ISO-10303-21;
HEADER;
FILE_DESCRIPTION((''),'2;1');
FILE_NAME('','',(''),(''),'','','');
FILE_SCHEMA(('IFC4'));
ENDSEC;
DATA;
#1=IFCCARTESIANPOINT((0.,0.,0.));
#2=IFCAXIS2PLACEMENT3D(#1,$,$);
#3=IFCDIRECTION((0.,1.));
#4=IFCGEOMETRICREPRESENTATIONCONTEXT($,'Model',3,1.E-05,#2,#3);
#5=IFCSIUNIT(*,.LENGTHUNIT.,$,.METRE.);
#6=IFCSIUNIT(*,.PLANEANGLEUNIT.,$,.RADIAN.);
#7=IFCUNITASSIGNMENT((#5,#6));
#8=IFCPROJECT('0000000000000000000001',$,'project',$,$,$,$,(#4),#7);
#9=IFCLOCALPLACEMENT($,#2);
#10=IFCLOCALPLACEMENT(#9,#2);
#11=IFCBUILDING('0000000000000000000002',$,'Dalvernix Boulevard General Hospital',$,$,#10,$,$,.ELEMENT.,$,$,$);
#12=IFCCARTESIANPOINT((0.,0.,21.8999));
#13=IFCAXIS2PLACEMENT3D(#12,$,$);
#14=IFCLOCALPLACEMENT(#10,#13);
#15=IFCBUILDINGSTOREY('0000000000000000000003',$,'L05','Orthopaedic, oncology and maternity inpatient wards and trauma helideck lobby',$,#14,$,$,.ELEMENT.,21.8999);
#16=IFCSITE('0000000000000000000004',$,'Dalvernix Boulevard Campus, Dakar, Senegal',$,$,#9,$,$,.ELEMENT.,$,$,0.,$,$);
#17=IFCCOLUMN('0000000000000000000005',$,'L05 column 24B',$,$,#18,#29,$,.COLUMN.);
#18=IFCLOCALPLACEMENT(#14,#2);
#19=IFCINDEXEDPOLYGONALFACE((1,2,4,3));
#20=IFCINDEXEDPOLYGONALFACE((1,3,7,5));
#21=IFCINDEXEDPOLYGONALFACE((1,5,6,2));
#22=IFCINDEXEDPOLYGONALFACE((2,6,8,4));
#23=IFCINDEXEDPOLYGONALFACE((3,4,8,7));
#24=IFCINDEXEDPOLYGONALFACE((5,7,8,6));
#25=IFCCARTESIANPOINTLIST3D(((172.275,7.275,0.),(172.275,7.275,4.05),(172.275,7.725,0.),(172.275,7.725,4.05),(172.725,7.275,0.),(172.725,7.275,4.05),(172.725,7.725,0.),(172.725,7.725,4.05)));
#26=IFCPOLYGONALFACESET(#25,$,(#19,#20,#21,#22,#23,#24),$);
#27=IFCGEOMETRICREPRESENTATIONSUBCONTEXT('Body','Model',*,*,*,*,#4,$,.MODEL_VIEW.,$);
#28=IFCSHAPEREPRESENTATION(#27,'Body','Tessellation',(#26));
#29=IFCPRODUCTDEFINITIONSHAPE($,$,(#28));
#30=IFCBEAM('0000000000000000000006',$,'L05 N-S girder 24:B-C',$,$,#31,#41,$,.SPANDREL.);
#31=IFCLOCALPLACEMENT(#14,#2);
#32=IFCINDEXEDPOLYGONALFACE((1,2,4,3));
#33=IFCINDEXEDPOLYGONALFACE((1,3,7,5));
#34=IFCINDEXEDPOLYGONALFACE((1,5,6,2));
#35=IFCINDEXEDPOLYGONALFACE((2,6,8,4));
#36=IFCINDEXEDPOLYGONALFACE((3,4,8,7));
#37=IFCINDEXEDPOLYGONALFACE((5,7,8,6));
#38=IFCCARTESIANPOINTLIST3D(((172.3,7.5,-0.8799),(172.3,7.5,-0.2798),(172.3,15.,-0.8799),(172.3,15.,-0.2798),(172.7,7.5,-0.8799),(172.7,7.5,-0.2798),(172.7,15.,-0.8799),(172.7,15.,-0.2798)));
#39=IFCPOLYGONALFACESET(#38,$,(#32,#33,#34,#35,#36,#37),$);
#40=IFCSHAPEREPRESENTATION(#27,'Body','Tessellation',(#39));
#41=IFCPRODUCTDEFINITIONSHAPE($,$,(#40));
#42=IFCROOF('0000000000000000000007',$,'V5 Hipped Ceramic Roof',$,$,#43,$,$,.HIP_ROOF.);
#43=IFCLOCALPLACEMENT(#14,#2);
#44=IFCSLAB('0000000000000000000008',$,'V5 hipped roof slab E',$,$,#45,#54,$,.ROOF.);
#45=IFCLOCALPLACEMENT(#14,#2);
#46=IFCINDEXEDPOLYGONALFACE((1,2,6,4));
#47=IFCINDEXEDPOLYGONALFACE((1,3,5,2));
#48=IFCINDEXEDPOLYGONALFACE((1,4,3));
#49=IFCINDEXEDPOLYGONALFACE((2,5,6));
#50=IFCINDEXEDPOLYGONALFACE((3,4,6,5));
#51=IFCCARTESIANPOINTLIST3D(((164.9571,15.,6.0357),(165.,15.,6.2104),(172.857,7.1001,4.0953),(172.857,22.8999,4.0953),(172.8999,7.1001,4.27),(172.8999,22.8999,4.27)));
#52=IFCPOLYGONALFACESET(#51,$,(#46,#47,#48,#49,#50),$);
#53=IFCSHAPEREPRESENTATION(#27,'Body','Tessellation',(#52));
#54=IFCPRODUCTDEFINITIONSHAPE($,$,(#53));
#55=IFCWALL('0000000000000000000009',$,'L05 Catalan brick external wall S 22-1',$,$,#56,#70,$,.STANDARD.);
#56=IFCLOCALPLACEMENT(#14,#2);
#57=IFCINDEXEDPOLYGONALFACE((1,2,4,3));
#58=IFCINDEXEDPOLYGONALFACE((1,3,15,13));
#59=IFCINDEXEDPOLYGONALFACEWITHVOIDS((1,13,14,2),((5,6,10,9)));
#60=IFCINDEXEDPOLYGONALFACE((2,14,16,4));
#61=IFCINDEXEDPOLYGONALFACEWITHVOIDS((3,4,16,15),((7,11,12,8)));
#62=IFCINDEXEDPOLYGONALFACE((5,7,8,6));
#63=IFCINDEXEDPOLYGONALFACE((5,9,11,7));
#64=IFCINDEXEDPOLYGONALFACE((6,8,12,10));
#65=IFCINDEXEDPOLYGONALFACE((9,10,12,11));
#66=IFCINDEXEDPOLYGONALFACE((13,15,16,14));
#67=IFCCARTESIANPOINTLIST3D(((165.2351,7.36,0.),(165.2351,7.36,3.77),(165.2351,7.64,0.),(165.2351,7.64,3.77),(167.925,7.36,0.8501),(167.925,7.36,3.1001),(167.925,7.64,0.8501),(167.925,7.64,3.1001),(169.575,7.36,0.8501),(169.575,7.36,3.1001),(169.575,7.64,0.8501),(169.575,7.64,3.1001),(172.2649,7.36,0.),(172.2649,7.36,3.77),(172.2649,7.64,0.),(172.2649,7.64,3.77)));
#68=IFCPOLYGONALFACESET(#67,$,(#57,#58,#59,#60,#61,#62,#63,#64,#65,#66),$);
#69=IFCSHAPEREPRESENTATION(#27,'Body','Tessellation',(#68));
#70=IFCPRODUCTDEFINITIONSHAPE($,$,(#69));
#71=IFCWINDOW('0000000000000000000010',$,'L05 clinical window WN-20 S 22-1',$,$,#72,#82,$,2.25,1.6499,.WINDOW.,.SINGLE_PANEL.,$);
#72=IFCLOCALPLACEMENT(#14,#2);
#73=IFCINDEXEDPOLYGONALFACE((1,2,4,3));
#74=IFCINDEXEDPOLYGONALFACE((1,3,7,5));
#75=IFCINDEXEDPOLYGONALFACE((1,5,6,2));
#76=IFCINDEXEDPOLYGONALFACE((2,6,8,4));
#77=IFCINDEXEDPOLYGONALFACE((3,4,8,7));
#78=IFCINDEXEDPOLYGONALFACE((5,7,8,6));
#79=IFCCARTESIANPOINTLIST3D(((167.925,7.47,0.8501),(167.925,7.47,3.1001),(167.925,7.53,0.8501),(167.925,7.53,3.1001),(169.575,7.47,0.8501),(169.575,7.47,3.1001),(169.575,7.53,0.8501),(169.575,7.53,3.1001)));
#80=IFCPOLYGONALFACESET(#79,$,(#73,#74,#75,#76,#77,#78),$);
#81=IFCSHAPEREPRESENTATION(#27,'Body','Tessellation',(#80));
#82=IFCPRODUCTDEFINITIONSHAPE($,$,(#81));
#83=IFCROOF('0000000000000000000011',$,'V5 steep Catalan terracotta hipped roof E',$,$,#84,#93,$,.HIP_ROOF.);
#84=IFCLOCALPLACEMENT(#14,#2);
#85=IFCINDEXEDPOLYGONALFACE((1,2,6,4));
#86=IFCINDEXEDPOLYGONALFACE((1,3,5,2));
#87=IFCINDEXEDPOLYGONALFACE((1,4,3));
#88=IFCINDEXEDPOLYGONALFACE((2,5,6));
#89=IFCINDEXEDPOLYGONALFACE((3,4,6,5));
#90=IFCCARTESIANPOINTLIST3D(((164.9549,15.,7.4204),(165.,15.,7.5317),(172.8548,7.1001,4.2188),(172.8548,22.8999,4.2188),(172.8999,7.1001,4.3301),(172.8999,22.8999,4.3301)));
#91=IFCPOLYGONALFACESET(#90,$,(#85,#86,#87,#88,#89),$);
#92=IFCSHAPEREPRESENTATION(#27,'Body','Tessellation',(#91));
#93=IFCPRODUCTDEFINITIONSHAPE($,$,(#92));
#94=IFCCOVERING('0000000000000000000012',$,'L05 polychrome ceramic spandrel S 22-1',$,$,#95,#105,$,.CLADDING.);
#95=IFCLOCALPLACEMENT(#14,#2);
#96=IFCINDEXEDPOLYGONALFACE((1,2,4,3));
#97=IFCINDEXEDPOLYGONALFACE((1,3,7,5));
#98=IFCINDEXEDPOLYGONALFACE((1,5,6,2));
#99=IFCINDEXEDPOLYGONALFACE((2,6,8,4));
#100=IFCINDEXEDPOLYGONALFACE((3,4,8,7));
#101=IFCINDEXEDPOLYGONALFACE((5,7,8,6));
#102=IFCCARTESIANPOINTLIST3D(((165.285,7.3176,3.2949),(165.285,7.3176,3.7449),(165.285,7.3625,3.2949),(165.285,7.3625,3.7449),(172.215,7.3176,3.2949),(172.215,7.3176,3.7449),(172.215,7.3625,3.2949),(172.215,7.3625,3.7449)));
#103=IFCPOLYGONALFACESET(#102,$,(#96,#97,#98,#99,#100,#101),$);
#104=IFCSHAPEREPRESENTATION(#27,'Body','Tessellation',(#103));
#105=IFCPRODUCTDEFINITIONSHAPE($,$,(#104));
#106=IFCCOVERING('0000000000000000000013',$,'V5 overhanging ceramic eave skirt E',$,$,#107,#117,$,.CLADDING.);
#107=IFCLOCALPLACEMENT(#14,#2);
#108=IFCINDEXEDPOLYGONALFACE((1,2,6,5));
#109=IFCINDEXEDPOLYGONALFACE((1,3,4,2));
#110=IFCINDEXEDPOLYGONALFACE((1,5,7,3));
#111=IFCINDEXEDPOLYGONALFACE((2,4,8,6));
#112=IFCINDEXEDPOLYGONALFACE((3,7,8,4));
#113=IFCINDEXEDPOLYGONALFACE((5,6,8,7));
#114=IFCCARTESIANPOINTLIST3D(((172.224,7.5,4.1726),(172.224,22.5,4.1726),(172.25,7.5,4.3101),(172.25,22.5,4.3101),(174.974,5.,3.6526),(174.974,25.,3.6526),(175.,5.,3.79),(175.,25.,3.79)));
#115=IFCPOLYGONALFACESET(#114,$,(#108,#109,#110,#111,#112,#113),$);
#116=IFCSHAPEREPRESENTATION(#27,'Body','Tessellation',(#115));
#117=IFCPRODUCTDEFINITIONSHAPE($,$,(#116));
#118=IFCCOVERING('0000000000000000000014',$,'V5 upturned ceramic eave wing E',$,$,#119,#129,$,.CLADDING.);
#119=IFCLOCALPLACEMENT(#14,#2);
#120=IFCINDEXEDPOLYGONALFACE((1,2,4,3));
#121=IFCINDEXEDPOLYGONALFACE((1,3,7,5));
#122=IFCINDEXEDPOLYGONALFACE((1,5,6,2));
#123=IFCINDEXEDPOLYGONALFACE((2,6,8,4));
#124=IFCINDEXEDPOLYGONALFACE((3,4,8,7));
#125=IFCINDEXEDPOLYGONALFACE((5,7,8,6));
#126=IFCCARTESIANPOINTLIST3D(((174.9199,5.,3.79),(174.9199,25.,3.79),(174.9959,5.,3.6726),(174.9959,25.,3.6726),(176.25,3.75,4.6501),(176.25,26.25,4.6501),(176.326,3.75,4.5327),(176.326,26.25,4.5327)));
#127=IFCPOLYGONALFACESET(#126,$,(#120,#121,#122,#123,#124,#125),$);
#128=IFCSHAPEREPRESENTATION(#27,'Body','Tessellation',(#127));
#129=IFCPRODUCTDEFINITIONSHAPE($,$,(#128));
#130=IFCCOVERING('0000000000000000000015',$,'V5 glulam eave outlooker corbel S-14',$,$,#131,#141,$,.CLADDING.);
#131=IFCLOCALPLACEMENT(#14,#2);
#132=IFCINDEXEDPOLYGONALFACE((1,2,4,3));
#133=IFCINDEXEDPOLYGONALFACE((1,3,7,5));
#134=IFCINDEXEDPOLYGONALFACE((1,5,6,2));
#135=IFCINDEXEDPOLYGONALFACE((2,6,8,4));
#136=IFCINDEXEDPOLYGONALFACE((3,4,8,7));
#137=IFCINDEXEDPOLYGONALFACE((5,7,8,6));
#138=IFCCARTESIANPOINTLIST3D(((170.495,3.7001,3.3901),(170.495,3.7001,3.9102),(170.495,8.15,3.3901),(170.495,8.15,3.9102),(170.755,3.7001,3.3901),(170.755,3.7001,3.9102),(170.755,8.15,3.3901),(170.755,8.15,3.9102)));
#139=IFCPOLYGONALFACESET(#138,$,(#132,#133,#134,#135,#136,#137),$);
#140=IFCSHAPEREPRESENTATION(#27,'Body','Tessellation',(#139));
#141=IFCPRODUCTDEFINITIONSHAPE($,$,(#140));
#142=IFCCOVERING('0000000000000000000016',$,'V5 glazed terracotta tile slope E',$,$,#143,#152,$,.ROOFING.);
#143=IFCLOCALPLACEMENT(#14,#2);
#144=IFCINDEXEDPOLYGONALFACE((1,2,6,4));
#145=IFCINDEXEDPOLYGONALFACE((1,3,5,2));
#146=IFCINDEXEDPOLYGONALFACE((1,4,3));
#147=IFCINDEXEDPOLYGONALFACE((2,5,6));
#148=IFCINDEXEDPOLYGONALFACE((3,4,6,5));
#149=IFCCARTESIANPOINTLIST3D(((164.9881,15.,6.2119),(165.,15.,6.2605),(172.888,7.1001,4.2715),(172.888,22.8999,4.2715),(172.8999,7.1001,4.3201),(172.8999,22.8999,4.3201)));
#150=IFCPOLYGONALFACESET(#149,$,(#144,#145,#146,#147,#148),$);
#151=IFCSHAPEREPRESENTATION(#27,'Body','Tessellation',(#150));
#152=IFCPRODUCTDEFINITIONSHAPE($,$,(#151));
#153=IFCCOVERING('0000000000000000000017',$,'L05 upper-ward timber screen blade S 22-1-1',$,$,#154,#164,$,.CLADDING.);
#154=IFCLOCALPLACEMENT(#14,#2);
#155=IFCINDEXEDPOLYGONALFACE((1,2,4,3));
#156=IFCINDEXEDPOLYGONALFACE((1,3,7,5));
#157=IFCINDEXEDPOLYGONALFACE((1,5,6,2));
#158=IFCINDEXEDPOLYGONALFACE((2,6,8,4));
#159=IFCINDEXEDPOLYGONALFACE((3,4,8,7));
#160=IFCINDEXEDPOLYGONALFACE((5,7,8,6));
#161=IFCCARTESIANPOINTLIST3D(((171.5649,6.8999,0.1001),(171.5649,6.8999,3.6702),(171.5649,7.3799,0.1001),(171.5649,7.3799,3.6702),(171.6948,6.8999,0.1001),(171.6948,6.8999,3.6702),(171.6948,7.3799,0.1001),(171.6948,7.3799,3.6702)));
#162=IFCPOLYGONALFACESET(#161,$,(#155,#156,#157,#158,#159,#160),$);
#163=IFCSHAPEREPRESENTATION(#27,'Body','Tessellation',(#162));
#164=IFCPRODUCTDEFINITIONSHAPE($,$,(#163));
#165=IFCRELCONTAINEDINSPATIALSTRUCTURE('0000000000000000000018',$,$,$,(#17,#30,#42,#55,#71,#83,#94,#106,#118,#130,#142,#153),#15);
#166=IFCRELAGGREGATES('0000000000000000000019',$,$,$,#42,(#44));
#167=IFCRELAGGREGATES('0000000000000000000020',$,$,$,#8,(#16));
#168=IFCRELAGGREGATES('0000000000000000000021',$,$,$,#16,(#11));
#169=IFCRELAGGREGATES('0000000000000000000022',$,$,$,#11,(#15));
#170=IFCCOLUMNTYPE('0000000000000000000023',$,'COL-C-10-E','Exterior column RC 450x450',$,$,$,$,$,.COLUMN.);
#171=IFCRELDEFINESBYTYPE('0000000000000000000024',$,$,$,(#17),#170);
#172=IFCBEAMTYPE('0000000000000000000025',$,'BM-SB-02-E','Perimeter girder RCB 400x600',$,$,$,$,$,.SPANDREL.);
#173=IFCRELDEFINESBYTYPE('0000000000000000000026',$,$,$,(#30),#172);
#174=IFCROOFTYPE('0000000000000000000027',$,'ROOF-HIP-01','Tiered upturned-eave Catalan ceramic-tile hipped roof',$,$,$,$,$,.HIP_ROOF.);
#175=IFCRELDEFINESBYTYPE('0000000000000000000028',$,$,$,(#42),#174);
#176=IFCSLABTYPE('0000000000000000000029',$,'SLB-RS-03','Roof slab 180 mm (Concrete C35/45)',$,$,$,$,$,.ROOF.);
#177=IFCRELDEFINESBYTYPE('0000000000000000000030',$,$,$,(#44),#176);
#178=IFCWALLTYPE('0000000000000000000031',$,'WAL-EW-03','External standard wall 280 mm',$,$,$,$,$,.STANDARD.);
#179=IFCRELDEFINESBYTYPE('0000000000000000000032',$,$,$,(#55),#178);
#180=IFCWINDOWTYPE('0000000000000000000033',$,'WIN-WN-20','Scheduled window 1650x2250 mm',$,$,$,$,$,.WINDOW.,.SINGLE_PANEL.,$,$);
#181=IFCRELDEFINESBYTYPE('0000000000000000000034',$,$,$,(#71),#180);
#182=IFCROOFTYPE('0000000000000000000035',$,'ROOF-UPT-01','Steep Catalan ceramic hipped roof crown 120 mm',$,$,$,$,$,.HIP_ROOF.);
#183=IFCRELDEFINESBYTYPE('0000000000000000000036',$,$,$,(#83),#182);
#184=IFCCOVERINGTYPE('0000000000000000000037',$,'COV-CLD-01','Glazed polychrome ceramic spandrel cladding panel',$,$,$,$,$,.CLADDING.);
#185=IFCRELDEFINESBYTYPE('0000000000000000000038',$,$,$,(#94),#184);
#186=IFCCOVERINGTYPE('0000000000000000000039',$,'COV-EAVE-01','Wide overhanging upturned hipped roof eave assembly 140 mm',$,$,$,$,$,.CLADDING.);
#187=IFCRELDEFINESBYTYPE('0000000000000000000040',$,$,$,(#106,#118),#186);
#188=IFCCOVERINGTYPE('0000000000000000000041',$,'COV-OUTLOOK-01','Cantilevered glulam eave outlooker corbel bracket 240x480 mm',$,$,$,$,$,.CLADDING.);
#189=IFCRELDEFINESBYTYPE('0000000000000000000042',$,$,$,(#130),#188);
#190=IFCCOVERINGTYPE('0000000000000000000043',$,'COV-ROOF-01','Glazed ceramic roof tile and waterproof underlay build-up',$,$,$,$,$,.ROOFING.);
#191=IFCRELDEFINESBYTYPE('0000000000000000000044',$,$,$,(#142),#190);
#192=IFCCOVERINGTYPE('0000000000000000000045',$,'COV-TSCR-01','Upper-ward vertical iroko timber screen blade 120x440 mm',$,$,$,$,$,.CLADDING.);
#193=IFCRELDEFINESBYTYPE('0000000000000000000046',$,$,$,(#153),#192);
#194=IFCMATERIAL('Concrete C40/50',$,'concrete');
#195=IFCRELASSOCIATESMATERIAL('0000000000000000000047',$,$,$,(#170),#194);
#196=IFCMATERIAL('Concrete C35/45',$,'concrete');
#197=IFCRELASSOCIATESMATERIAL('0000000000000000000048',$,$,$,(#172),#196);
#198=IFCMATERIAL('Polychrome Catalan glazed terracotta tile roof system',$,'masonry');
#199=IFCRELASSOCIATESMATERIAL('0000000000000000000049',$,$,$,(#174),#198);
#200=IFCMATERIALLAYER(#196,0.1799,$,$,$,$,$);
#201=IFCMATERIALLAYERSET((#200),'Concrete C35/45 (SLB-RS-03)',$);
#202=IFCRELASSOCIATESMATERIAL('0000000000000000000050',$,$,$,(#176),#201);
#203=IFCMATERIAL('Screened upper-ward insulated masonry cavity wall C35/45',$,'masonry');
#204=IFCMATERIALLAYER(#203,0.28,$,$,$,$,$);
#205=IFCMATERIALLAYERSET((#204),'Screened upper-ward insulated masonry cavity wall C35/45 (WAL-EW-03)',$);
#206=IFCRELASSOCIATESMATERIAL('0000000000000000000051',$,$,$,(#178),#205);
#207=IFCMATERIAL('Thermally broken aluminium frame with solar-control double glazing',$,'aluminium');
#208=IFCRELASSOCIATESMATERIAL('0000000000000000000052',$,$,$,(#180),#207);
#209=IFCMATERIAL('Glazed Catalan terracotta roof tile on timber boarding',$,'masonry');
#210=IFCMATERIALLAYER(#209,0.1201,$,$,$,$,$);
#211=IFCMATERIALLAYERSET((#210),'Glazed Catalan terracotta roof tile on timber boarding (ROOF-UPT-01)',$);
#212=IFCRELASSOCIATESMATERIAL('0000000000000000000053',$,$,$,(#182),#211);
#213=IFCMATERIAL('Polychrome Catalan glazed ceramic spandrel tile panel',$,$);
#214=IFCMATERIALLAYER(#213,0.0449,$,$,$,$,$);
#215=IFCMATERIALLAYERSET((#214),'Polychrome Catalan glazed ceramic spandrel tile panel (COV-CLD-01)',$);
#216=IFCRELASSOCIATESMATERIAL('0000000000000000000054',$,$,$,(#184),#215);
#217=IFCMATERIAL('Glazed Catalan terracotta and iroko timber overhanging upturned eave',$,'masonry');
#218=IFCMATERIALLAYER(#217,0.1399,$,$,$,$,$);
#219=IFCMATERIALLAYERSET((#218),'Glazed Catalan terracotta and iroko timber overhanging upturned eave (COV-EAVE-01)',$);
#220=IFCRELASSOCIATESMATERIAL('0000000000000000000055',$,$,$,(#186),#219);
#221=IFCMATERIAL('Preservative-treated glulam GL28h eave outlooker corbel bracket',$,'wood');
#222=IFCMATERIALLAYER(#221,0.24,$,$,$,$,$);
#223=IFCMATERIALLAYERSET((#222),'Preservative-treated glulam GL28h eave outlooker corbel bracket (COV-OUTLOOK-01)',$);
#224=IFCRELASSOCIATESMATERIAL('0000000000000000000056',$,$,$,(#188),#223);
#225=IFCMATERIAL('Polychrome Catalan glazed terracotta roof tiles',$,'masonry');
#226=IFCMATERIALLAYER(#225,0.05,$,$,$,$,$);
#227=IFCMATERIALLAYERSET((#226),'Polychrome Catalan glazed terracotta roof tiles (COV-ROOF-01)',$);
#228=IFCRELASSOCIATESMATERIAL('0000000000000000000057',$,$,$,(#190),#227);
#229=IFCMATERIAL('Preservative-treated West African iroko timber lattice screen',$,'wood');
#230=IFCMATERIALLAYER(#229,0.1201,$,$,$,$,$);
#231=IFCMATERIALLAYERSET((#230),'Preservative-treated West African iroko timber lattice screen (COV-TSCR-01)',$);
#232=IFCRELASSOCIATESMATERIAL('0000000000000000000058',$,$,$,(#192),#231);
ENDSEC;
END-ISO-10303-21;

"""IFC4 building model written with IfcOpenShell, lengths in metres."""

from ifc_helpers import new_model, si_unit, direction, frame, frame_2d, origin, origin_2d, place, context, subcontext, project, spatial, polyline, rectangle, outline, extrude, material, layer, layer_set, material_profile, profile_set, type_object, element, fill, aggregate, save


model = new_model("IFC4")

# Units and contexts
model_context = context("Model", 3, precision=1e-05, world=origin(), true_north=direction((0.0, 1.0)))
body_context = subcontext(model_context, "Body", "Model", "MODEL_VIEW")
ifc_project = project(units=[si_unit("LENGTHUNIT", "METRE"), si_unit("PLANEANGLEUNIT", "RADIAN")], contexts=[model_context])

# Site, building, storey
site_placement = place(None, origin())
site = spatial("IfcSite", under=ifc_project, at=site_placement, Name="Dalvernix Boulevard Campus, Dakar, Senegal", CompositionType="ELEMENT", RefElevation=0.0)
building_placement = place(site_placement, origin())
building = spatial("IfcBuilding", under=site, at=building_placement, Name="Dalvernix Boulevard General Hospital", CompositionType="ELEMENT")
storey_placement = place(building_placement, frame((0.0, 0.0, 21.8999)))
storey = spatial("IfcBuildingStorey", under=building, at=storey_placement, Name="L05", Description="Orthopaedic, oncology and maternity inpatient wards and trauma helideck lobby", CompositionType="ELEMENT", Elevation=21.8999)

# Column
ifc_material_1 = material(Name="Concrete C40/50", Category="concrete")
ifc_material_profile_1 = material_profile(ifc_material_1, rectangle(XDim=0.45, YDim=0.45, at=origin_2d()), Name="RC 450x450")
ifc_profile_set_1 = profile_set([ifc_material_profile_1], Name="Concrete C40/50")
column_type = type_object("IfcColumnType", Name="COL-C-10-E", Description="Exterior column RC 450x450", PredefinedType="COLUMN", material=ifc_profile_set_1)
column_placement = place(storey_placement, frame((172.5, 7.5, 0.0), z_axis=(0.0, 0.0, 1.0), x_axis=(1.0, 0.0, 0.0)))
element("IfcColumn", 1, at=column_placement, inside=storey, type_object=column_type, Name="L05 column 24B", PredefinedType="COLUMN", context=body_context, shape_type="SweptSolid", body=[
    extrude(rectangle(XDim=0.45, YDim=0.45, at=origin_2d()), origin(), (0.0, 0.0, 1.0), 4.05),
])

# Beam
ifc_material_2 = material(Name="Concrete C35/45", Category="concrete")
ifc_material_profile_2 = material_profile(ifc_material_2, rectangle(XDim=0.3999, YDim=0.6001, at=origin_2d()), Name="RCB 400x600")
ifc_profile_set_2 = profile_set([ifc_material_profile_2], Name="Concrete C35/45")
beam_type = type_object("IfcBeamType", Name="BM-SB-02-E", Description="Perimeter girder RCB 400x600", PredefinedType="SPANDREL", material=ifc_profile_set_2)
beam_placement = place(storey_placement, frame((172.5, 7.5, -0.5798), z_axis=(0.0, 1.0, 0.0), x_axis=(-1.0, 0.0, 0.0)))
element("IfcBeam", 2, at=beam_placement, inside=storey, type_object=beam_type, Name="L05 N-S girder 24:B-C", PredefinedType="SPANDREL", context=body_context, shape_type="SweptSolid", body=[
    extrude(rectangle(XDim=0.3999, YDim=0.6001, at=origin_2d()), origin(), (0.0, 0.0, 1.0), 7.5),
])

# Roof, slab
ifc_material_3 = material(Name="Polychrome Catalan glazed terracotta tile roof system", Category="masonry")
roof_type_1 = type_object("IfcRoofType", Name="ROOF-HIP-01", Description="Tiered upturned-eave Catalan ceramic-tile hipped roof", PredefinedType="HIP_ROOF", material=ifc_material_3)
roof_1_placement = place(storey_placement, origin())
roof_1 = element("IfcRoof", 3, at=roof_1_placement, inside=storey, type_object=roof_type_1, Name="V5 Hipped Ceramic Roof", PredefinedType="HIP_ROOF")
ifc_layer_1 = layer(ifc_material_2, 0.1799)
ifc_layer_set_1 = layer_set([ifc_layer_1], Name="Concrete C35/45 (SLB-RS-03)")
slab_type = type_object("IfcSlabType", Name="SLB-RS-03", Description="Roof slab 180 mm (Concrete C35/45)", PredefinedType="ROOF", material=ifc_layer_set_1)
slab_placement = place(storey_placement, frame((172.8999, 7.1001, 4.27), z_axis=(0.238537, 0.0, 0.971133), x_axis=(0.0, 1.0, 0.0)))
slab = element("IfcSlab", 4, at=slab_placement, type_object=slab_type, Name="V5 hipped roof slab E", PredefinedType="ROOF", context=body_context, shape_type="SweptSolid", body=[
    extrude(outline(polyline([(0.0, 0.0), (15.7998, 0.0), (7.8999, 8.1347), (0.0, 0.0)])), origin(), (0.0, 0.0, -1.0), 0.1799),
])
aggregate(roof_1, [slab])

# Wall, opening, window
ifc_material_4 = material(Name="Screened upper-ward insulated masonry cavity wall C35/45", Category="masonry")
ifc_layer_2 = layer(ifc_material_4, 0.28)
ifc_layer_set_2 = layer_set([ifc_layer_2], Name="Screened upper-ward insulated masonry cavity wall C35/45 (WAL-EW-03)")
wall_type = type_object("IfcWallType", Name="WAL-EW-03", Description="External standard wall 280 mm", PredefinedType="STANDARD", material=ifc_layer_set_2)
wall_placement = place(storey_placement, frame((172.2649, 7.5, 0.0), z_axis=(0.0, 0.0, 1.0), x_axis=(-1.0, 0.0, 0.0)))
wall = element("IfcWall", 5, at=wall_placement, inside=storey, type_object=wall_type, Name="L05 Catalan brick external wall S 22-1", PredefinedType="STANDARD", context=body_context, shape_type="SweptSolid", body=[
    extrude(rectangle(XDim=7.0298, YDim=0.28, at=frame_2d((3.5149, 0.0))), origin(), (0.0, 0.0, 1.0), 3.77),
])
opening_placement = place(wall_placement, frame((2.6899, 0.0, 0.8501)))
opening = element("IfcOpeningElement", 6, at=opening_placement, cuts=wall, PredefinedType="OPENING", context=body_context, shape_type="SweptSolid", body=[
    extrude(rectangle(XDim=1.6499, YDim=2.25, at=frame_2d((0.825, 1.125))), frame((0.0, 0.1499, 0.0), z_axis=(0.0, -1.0, 0.0), x_axis=(1.0, 0.0, 0.0)), (0.0, 0.0, 1.0), 0.3),
])
ifc_material_5 = material(Name="Thermally broken aluminium frame with solar-control double glazing", Category="aluminium")
window_type = type_object("IfcWindowType", Name="WIN-WN-20", Description="Scheduled window 1650x2250 mm", PartitioningType="SINGLE_PANEL", PredefinedType="WINDOW", material=ifc_material_5)
window_placement = place(opening_placement, origin())
window = element("IfcWindow", 7, at=window_placement, inside=storey, type_object=window_type, Name="L05 clinical window WN-20 S 22-1", OverallHeight=2.25, OverallWidth=1.6499, PartitioningType="SINGLE_PANEL", PredefinedType="WINDOW", context=body_context, shape_type="SweptSolid", body=[
    extrude(rectangle(XDim=1.6499, YDim=2.25, at=frame_2d((0.825, 1.125))), frame((0.0, 0.03, 0.0), z_axis=(0.0, -1.0, 0.0), x_axis=(1.0, 0.0, 0.0)), (0.0, 0.0, 1.0), 0.0601),
])
fill(opening, window)

# Roof
ifc_material_6 = material(Name="Glazed Catalan terracotta roof tile on timber boarding", Category="masonry")
ifc_layer_3 = layer(ifc_material_6, 0.1201)
ifc_layer_set_3 = layer_set([ifc_layer_3], Name="Glazed Catalan terracotta roof tile on timber boarding (ROOF-UPT-01)")
roof_type_2 = type_object("IfcRoofType", Name="ROOF-UPT-01", Description="Steep Catalan ceramic hipped roof crown 120 mm", PredefinedType="HIP_ROOF", material=ifc_layer_set_3)
roof_2_placement = place(storey_placement, frame((172.8999, 7.1001, 4.3301), z_axis=(0.375604, 0.0, 0.92678), x_axis=(0.0, 1.0, 0.0)))
element("IfcRoof", 8, at=roof_2_placement, inside=storey, type_object=roof_type_2, Name="V5 steep Catalan terracotta hipped roof E", PredefinedType="HIP_ROOF", context=body_context, shape_type="SweptSolid", body=[
    extrude(outline(polyline([(0.0, 0.0), (15.7998, 0.0), (7.8999, 8.524), (0.0, 0.0)])), origin(), (0.0, 0.0, -1.0), 0.1201),
])

# Coverings
ifc_material_7 = material(Name="Polychrome Catalan glazed ceramic spandrel tile panel")
ifc_layer_4 = layer(ifc_material_7, 0.0449)
ifc_layer_set_4 = layer_set([ifc_layer_4], Name="Polychrome Catalan glazed ceramic spandrel tile panel (COV-CLD-01)")
covering_type_1 = type_object("IfcCoveringType", Name="COV-CLD-01", Description="Glazed polychrome ceramic spandrel cladding panel", PredefinedType="CLADDING", material=ifc_layer_set_4)
covering_1_placement = place(storey_placement, frame((168.75, 7.3401, 3.2949), z_axis=(0.0, 0.0, 1.0), x_axis=(-1.0, 0.0, 0.0)))
element("IfcCovering", 9, at=covering_1_placement, inside=storey, type_object=covering_type_1, Name="L05 polychrome ceramic spandrel S 22-1", PredefinedType="CLADDING", context=body_context, shape_type="SweptSolid", body=[
    extrude(rectangle(XDim=6.9299, YDim=0.0449, at=origin_2d()), origin(), (0.0, 0.0, 1.0), 0.45),
])
ifc_material_8 = material(Name="Glazed Catalan terracotta and iroko timber overhanging upturned eave", Category="masonry")
ifc_layer_5 = layer(ifc_material_8, 0.1399)
ifc_layer_set_5 = layer_set([ifc_layer_5], Name="Glazed Catalan terracotta and iroko timber overhanging upturned eave (COV-EAVE-01)")
covering_type_2 = type_object("IfcCoveringType", Name="COV-EAVE-01", Description="Wide overhanging upturned hipped roof eave assembly 140 mm", PredefinedType="CLADDING", material=ifc_layer_set_5)
covering_2_placement = place(storey_placement, frame((172.25, 7.5, 4.3101), z_axis=(0.185805, 0.0, 0.982587), x_axis=(0.0, 1.0, 0.0)))
element("IfcCovering", 10, at=covering_2_placement, inside=storey, type_object=covering_type_2, Name="V5 overhanging ceramic eave skirt E", PredefinedType="CLADDING", context=body_context, shape_type="SweptSolid", body=[
    extrude(outline(polyline([(0.0, 0.0), (15.0, 0.0), (17.5, -2.7987), (-2.5, -2.7987), (0.0, 0.0)])), origin(), (0.0, 0.0, -1.0), 0.1399),
])
covering_3_placement = place(storey_placement, frame((174.9199, 5.0, 3.79), z_axis=(-0.543015, 0.0, 0.839723), x_axis=(0.0, 1.0, 0.0)))
element("IfcCovering", 11, at=covering_3_placement, inside=storey, type_object=covering_type_2, Name="V5 upturned ceramic eave wing E", PredefinedType="CLADDING", context=body_context, shape_type="SweptSolid", body=[
    extrude(outline(polyline([(0.0, 0.0), (20.0, 0.0), (21.25, -1.5839), (-1.25, -1.5839), (0.0, 0.0)])), origin(), (0.0, 0.0, -1.0), 0.1399),
])
ifc_material_9 = material(Name="Preservative-treated glulam GL28h eave outlooker corbel bracket", Category="wood")
ifc_layer_6 = layer(ifc_material_9, 0.24)
ifc_layer_set_6 = layer_set([ifc_layer_6], Name="Preservative-treated glulam GL28h eave outlooker corbel bracket (COV-OUTLOOK-01)")
covering_type_3 = type_object("IfcCoveringType", Name="COV-OUTLOOK-01", Description="Cantilevered glulam eave outlooker corbel bracket 240x480 mm", PredefinedType="CLADDING", material=ifc_layer_set_6)
covering_4_placement = place(storey_placement, frame((170.625, 5.925, 3.3901), z_axis=(0.0, 0.0, 1.0), x_axis=(1.0, 0.0, 0.0)))
element("IfcCovering", 12, at=covering_4_placement, inside=storey, type_object=covering_type_3, Name="V5 glulam eave outlooker corbel S-14", PredefinedType="CLADDING", context=body_context, shape_type="SweptSolid", body=[
    extrude(rectangle(XDim=0.26, YDim=4.45, at=origin_2d()), origin(), (0.0, 0.0, 1.0), 0.52),
])
ifc_material_10 = material(Name="Polychrome Catalan glazed terracotta roof tiles", Category="masonry")
ifc_layer_7 = layer(ifc_material_10, 0.05)
ifc_layer_set_7 = layer_set([ifc_layer_7], Name="Polychrome Catalan glazed terracotta roof tiles (COV-ROOF-01)")
covering_type_4 = type_object("IfcCoveringType", Name="COV-ROOF-01", Description="Glazed ceramic roof tile and waterproof underlay build-up", PredefinedType="ROOFING", material=ifc_layer_set_7)
covering_5_placement = place(storey_placement, frame((172.8999, 7.1001, 4.3201), z_axis=(0.238537, 0.0, 0.971133), x_axis=(0.0, 1.0, 0.0)))
element("IfcCovering", 13, at=covering_5_placement, inside=storey, type_object=covering_type_4, Name="V5 glazed terracotta tile slope E", PredefinedType="ROOFING", context=body_context, shape_type="SweptSolid", body=[
    extrude(outline(polyline([(0.0, 0.0), (15.7998, 0.0), (7.8999, 8.1347), (0.0, 0.0)])), origin(), (0.0, 0.0, -1.0), 0.05),
])
ifc_material_11 = material(Name="Preservative-treated West African iroko timber lattice screen", Category="wood")
ifc_layer_8 = layer(ifc_material_11, 0.1201)
ifc_layer_set_8 = layer_set([ifc_layer_8], Name="Preservative-treated West African iroko timber lattice screen (COV-TSCR-01)")
covering_type_5 = type_object("IfcCoveringType", Name="COV-TSCR-01", Description="Upper-ward vertical iroko timber screen blade 120x440 mm", PredefinedType="CLADDING", material=ifc_layer_set_8)
for number, where, z_axis, x_axis, name in (
    (14, (171.6299, 7.1399, 0.1001), (0.0, 0.0, 1.0), (-1.0, 0.0, 0.0), "L05 upper-ward timber screen blade S 22-1-1"),
):
    element("IfcCovering", number, at=place(storey_placement, frame(where, z_axis=z_axis, x_axis=x_axis)), inside=storey, type_object=covering_type_5, Name=name, PredefinedType="CLADDING", context=body_context, shape_type="SweptSolid", body=[
        extrude(rectangle(XDim=0.1299, YDim=0.48, at=origin_2d()), origin(), (0.0, 0.0, 1.0), 3.5701),
    ])

save(model, "model.ifc")
